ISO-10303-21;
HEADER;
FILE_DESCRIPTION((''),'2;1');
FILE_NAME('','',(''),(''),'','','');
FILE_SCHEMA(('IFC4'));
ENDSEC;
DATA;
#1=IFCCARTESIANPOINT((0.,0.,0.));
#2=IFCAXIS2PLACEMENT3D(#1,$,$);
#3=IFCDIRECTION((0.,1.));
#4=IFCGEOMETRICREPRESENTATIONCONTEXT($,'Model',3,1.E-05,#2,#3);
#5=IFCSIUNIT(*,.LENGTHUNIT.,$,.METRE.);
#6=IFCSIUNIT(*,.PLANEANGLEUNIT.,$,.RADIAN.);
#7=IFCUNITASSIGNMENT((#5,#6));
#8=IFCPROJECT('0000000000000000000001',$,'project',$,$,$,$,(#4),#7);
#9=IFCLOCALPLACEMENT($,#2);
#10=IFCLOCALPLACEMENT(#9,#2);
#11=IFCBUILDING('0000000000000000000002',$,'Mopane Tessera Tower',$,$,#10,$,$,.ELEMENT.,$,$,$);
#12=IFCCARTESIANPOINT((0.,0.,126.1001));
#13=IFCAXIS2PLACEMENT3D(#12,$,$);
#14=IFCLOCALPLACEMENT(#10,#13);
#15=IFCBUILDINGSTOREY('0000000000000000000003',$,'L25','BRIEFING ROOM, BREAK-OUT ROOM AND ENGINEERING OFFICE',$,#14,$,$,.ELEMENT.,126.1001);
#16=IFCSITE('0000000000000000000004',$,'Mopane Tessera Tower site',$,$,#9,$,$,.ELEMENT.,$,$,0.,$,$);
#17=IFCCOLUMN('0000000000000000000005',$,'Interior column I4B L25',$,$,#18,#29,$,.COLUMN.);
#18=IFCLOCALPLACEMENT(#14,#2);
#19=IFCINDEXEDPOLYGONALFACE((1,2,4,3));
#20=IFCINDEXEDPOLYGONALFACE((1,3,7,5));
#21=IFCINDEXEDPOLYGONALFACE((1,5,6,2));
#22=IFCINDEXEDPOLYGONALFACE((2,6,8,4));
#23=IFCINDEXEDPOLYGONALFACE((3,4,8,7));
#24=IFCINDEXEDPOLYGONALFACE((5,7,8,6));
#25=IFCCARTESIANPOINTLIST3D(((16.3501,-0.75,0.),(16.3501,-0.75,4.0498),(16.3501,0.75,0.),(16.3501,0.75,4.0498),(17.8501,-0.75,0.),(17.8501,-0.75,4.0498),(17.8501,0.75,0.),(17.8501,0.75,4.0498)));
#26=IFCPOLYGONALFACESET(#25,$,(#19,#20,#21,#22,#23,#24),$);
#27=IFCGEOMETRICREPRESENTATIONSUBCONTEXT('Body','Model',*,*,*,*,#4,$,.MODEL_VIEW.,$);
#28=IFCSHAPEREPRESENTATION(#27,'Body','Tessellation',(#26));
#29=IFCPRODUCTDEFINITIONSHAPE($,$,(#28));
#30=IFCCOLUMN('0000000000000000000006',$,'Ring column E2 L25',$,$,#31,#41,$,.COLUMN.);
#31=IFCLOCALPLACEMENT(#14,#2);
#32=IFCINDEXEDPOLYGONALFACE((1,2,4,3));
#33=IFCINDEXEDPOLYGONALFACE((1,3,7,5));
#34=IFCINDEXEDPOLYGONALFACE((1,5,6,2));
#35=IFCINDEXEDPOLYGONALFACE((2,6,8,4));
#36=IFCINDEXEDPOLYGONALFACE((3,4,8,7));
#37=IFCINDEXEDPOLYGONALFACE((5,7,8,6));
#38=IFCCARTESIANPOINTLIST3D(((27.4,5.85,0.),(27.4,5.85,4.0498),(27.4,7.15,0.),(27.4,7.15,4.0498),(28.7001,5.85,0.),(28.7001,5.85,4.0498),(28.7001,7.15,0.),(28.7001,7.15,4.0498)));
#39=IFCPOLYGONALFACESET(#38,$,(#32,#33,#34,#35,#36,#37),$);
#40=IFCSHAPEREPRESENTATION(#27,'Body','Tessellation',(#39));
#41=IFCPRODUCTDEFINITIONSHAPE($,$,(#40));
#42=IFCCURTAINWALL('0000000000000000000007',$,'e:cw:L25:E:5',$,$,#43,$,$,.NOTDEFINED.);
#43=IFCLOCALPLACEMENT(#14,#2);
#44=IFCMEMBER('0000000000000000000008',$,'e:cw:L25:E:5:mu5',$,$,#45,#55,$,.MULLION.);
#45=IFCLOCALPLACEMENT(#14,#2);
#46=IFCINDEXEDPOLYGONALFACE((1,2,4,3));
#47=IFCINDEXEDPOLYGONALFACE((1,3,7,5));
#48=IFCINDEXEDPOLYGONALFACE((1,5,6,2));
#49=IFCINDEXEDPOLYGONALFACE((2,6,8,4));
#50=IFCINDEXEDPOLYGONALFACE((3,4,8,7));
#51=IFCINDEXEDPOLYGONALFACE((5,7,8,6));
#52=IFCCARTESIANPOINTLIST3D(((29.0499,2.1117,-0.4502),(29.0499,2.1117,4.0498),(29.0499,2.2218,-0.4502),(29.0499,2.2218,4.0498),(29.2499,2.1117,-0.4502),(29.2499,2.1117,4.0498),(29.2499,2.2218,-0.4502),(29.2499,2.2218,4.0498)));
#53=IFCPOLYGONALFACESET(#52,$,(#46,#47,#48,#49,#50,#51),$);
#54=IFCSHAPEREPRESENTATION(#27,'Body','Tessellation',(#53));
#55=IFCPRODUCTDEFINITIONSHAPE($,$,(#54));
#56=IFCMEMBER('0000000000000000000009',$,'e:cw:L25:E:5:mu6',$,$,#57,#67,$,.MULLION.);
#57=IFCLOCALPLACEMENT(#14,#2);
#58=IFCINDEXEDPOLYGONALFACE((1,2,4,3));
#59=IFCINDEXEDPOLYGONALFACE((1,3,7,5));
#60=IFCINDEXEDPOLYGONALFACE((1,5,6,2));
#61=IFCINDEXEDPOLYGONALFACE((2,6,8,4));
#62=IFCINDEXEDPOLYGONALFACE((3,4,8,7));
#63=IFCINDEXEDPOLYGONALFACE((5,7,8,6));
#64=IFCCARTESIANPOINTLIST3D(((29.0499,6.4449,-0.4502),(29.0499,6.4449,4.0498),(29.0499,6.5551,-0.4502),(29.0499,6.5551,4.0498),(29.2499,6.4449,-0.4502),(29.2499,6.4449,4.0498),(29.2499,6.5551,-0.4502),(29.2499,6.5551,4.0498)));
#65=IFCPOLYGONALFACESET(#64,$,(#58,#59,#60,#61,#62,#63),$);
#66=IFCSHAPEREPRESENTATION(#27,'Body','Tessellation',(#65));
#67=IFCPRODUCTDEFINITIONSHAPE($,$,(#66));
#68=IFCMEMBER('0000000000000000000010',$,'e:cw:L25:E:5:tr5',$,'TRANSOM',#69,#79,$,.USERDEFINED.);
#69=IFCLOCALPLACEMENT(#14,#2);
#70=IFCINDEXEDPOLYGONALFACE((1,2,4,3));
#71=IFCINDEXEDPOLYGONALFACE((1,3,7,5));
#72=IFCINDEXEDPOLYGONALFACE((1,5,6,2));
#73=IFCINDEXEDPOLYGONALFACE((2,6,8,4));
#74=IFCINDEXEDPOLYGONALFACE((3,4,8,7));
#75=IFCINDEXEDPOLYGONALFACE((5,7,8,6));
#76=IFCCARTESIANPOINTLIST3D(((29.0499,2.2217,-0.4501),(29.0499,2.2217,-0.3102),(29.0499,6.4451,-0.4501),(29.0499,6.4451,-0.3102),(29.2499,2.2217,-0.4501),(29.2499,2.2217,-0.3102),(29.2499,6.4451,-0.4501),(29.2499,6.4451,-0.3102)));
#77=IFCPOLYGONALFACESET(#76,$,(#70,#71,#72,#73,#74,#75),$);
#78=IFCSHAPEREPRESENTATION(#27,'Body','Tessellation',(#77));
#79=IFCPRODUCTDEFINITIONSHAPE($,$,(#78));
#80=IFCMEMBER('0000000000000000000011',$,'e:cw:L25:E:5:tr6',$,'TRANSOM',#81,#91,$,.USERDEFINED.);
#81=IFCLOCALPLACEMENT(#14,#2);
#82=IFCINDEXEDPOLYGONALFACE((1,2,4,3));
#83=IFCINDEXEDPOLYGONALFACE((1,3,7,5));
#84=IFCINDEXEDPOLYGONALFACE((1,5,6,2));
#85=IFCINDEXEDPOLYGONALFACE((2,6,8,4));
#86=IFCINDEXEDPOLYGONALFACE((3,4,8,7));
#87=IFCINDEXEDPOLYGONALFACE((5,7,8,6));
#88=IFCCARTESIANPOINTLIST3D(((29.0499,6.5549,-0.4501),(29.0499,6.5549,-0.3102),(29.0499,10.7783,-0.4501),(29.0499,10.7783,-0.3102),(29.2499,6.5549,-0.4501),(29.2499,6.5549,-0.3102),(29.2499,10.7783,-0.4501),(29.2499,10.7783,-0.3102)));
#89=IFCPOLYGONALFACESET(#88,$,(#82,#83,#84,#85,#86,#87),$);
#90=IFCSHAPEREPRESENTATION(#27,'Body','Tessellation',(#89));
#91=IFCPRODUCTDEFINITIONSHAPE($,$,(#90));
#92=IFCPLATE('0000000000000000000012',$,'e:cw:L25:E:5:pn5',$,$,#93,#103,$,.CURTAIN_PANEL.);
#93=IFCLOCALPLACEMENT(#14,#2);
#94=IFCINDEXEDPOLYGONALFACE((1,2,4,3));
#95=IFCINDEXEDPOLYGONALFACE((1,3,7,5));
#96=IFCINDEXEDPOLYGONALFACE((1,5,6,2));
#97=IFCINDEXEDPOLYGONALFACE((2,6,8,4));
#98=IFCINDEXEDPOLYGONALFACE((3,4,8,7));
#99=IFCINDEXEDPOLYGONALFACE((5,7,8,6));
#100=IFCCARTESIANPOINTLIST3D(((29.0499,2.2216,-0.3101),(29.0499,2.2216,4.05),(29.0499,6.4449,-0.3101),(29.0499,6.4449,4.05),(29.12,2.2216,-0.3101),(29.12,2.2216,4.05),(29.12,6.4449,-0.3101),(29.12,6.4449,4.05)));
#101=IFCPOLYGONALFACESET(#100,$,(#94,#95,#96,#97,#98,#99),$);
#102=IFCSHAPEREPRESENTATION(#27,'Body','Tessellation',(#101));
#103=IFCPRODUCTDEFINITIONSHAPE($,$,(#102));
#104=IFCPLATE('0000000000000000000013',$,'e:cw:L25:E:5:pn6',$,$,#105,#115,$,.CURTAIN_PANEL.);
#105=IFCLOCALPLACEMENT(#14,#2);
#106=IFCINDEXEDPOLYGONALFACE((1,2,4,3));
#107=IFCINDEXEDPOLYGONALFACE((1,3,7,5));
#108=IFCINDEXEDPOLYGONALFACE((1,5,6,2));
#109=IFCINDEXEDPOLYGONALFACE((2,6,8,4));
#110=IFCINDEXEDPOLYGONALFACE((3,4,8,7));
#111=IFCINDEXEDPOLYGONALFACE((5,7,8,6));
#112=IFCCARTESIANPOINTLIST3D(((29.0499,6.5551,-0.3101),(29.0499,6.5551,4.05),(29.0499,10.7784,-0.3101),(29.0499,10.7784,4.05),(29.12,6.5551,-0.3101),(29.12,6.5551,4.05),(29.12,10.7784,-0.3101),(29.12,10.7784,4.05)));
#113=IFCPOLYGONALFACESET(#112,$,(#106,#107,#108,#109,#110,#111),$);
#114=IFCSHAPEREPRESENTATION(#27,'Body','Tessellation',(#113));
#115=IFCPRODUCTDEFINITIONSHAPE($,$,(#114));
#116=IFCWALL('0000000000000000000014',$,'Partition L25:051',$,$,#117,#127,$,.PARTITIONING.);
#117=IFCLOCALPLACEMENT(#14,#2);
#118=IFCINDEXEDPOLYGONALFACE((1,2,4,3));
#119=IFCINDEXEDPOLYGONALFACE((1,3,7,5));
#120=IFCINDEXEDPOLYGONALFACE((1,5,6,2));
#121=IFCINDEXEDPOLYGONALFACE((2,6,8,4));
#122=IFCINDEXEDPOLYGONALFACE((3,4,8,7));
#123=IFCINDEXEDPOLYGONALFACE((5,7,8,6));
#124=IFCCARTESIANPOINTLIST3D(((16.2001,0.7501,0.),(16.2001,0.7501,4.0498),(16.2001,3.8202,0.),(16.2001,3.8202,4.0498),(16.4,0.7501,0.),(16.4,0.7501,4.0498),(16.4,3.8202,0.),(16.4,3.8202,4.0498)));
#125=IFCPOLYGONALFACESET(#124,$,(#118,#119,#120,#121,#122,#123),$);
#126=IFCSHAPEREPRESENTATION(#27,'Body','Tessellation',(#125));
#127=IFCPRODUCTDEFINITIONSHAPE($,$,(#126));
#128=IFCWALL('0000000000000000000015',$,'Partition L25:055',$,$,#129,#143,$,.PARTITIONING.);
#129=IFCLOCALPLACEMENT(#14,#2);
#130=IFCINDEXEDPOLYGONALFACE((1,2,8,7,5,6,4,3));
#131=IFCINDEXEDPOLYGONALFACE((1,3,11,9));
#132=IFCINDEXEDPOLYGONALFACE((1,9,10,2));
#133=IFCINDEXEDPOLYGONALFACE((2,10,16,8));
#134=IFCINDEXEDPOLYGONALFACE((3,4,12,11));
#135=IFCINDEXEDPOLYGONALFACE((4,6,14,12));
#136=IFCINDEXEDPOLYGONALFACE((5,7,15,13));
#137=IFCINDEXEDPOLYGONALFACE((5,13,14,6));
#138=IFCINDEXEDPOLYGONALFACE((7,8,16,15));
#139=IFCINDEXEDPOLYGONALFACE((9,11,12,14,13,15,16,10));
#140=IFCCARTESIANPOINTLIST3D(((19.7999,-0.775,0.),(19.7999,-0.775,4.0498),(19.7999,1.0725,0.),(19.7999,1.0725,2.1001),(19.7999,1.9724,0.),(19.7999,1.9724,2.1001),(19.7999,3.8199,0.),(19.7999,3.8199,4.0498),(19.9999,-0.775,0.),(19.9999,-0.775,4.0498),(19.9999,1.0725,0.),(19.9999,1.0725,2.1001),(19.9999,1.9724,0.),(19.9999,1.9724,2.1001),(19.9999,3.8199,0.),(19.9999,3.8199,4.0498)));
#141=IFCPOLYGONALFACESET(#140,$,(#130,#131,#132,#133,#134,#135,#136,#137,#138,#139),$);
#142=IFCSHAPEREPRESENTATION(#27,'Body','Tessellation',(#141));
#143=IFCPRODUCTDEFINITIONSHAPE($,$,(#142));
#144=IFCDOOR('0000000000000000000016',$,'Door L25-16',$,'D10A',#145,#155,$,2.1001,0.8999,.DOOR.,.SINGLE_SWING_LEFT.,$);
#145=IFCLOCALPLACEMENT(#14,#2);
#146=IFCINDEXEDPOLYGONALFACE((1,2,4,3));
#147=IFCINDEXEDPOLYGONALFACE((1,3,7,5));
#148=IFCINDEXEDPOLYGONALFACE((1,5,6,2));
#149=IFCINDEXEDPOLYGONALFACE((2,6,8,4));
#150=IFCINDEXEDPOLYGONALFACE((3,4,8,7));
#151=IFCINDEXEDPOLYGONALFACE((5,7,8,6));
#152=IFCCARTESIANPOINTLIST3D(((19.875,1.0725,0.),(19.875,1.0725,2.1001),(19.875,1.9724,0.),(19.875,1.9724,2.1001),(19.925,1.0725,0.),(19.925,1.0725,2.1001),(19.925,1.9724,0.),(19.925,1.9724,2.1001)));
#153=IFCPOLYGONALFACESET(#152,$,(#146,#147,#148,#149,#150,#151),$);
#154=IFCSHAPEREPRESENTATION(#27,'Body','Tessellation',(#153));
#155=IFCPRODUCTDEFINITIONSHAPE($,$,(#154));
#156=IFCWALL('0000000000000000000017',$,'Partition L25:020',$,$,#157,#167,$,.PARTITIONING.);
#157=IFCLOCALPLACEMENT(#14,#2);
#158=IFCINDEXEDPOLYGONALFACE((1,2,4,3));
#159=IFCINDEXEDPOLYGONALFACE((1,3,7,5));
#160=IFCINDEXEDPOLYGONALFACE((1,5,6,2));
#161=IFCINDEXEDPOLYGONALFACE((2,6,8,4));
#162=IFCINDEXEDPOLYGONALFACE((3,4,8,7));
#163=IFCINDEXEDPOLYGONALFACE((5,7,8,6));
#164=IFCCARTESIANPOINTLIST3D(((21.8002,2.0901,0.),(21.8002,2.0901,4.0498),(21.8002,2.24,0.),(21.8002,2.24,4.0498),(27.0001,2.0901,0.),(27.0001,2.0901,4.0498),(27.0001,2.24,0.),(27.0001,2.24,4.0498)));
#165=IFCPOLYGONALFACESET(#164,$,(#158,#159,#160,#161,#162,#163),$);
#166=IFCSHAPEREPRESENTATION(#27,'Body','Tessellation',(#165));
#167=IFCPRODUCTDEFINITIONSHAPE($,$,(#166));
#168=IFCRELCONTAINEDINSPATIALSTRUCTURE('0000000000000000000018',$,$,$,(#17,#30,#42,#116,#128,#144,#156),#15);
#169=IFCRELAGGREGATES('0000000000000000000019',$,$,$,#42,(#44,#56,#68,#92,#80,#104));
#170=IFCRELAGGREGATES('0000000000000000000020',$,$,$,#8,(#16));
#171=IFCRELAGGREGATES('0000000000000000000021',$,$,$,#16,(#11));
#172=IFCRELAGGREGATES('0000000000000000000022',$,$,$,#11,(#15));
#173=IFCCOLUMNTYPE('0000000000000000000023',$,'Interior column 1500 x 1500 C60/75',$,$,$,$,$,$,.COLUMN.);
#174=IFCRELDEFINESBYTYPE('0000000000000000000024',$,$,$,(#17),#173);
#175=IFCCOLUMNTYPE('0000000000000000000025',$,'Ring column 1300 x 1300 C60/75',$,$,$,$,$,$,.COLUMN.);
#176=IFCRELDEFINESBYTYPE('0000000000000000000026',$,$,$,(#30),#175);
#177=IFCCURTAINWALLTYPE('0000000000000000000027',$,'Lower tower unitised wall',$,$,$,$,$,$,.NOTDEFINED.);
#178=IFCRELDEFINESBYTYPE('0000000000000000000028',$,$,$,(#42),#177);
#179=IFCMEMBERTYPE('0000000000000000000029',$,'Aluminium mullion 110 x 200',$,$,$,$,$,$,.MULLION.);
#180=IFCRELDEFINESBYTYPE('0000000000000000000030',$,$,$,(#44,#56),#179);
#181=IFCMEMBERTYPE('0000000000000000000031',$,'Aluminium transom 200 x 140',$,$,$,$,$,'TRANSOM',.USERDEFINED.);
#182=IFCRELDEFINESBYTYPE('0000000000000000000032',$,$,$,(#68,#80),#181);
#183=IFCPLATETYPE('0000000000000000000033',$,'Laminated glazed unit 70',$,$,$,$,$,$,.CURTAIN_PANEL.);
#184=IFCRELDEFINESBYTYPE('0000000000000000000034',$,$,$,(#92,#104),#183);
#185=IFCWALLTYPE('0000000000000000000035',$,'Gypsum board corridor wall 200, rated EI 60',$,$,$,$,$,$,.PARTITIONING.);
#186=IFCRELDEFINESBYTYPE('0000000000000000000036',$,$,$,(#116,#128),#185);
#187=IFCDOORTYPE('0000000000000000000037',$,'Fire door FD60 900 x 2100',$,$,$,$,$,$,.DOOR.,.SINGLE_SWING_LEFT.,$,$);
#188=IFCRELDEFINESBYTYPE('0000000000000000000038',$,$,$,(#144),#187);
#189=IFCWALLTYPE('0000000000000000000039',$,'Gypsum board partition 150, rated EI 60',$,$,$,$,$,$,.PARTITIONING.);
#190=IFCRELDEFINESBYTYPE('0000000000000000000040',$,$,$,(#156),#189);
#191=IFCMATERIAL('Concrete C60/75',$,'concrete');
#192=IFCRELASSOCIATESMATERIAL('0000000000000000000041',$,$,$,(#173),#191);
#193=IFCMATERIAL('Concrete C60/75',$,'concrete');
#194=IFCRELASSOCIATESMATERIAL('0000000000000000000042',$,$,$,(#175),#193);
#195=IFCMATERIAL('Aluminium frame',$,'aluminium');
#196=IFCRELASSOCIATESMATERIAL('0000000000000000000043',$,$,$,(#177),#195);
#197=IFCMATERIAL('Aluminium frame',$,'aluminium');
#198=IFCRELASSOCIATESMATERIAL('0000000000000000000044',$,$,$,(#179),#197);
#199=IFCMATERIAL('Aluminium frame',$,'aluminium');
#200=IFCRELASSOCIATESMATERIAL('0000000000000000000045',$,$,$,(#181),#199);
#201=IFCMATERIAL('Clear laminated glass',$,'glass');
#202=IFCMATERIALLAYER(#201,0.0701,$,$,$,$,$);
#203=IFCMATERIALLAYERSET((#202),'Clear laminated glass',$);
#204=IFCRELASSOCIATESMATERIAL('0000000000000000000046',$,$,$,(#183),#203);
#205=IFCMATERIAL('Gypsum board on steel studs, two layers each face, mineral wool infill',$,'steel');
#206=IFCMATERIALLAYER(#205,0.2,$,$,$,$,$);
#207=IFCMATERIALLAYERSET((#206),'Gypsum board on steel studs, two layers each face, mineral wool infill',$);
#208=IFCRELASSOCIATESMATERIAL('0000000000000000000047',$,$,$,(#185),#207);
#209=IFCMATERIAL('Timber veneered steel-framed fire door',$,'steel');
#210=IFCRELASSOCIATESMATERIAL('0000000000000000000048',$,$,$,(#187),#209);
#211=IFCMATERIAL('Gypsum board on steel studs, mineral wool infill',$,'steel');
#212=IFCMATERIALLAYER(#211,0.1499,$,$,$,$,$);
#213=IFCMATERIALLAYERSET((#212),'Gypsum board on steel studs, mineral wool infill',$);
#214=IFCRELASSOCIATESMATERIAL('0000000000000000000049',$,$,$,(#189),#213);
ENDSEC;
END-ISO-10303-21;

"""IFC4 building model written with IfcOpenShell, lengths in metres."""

from ifc_helpers import new_model, si_unit, direction, frame, frame_2d, origin, origin_2d, place, context, subcontext, project, spatial, rectangle, extrude, material, layer, layer_set, material_profile, profile_set, type_object, element, fill, aggregate, save


model = new_model("IFC4")

# Units and contexts
model_context = context("Model", 3, precision=1e-05, world=origin(), true_north=direction((0.0, 1.0)))
body_context = subcontext(model_context, "Body", "Model", "MODEL_VIEW")
ifc_project = project(units=[si_unit("LENGTHUNIT", "METRE"), si_unit("PLANEANGLEUNIT", "RADIAN")], contexts=[model_context])

# Site, building, storey
site_placement = place(None, origin())
site = spatial("IfcSite", under=ifc_project, at=site_placement, Name="Mopane Tessera Tower site", CompositionType="ELEMENT", RefElevation=0.0)
building_placement = place(site_placement, origin())
building = spatial("IfcBuilding", under=site, at=building_placement, Name="Mopane Tessera Tower", CompositionType="ELEMENT")
storey_placement = place(building_placement, frame((0.0, 0.0, 126.1001)))
storey = spatial("IfcBuildingStorey", under=building, at=storey_placement, Name="L25", Description="BRIEFING ROOM, BREAK-OUT ROOM AND ENGINEERING OFFICE", CompositionType="ELEMENT", Elevation=126.1001)

# Columns
ifc_material_1 = material(Name="Concrete C60/75", Category="concrete")
ifc_material_profile_1 = material_profile(ifc_material_1, rectangle(XDim=1.5, YDim=1.5, at=origin_2d()))
ifc_profile_set_1 = profile_set([ifc_material_profile_1], Name="Concrete C60/75")
column_type_1 = type_object("IfcColumnType", Name="Interior column 1500 x 1500 C60/75", PredefinedType="COLUMN", material=ifc_profile_set_1)
column_1_placement = place(storey_placement, frame((17.1001, 0.0, 0.0), z_axis=(0.0, 0.0, 1.0), x_axis=(1.0, 0.0, 0.0)))
element("IfcColumn", 1, at=column_1_placement, inside=storey, type_object=column_type_1, Name="Interior column I4B L25", PredefinedType="COLUMN", context=body_context, shape_type="SweptSolid", body=[
    extrude(rectangle(XDim=1.5, YDim=1.5, at=origin_2d()), origin(), (0.0, 0.0, 1.0), 4.0498),
])
ifc_material_2 = material(Name="Concrete C60/75", Category="concrete")
ifc_material_profile_2 = material_profile(ifc_material_2, rectangle(XDim=1.3, YDim=1.3, at=origin_2d()))
ifc_profile_set_2 = profile_set([ifc_material_profile_2], Name="Concrete C60/75")
column_type_2 = type_object("IfcColumnType", Name="Ring column 1300 x 1300 C60/75", PredefinedType="COLUMN", material=ifc_profile_set_2)
column_2_placement = place(storey_placement, frame((28.05, 6.5, 0.0), z_axis=(0.0, 0.0, 1.0), x_axis=(1.0, 0.0, 0.0)))
element("IfcColumn", 2, at=column_2_placement, inside=storey, type_object=column_type_2, Name="Ring column E2 L25", PredefinedType="COLUMN", context=body_context, shape_type="SweptSolid", body=[
    extrude(rectangle(XDim=1.3, YDim=1.3, at=origin_2d()), origin(), (0.0, 0.0, 1.0), 4.0498),
])

# Curtain wall, members, plates
ifc_material_3 = material(Name="Aluminium frame", Category="aluminium")
curtain_wall_type = type_object("IfcCurtainWallType", Name="Lower tower unitised wall", PredefinedType="NOTDEFINED", material=ifc_material_3)
curtain_wall_placement = place(storey_placement, origin())
curtain_wall = element("IfcCurtainWall", 3, at=curtain_wall_placement, inside=storey, type_object=curtain_wall_type, Name="e:cw:L25:E:5", PredefinedType="NOTDEFINED")
ifc_material_4 = material(Name="Aluminium frame", Category="aluminium")
ifc_material_profile_3 = material_profile(ifc_material_4, rectangle(XDim=0.1101, YDim=0.2, at=origin_2d()))
ifc_profile_set_3 = profile_set([ifc_material_profile_3], Name="Aluminium frame")
member_type_1 = type_object("IfcMemberType", Name="Aluminium mullion 110 x 200", PredefinedType="MULLION", material=ifc_profile_set_3)
member_1_placement = place(storey_placement, frame((29.1499, 2.1667, -0.4502), z_axis=(0.0, 0.0, 1.0), x_axis=(0.0, 1.0, 0.0)))
member_1 = element("IfcMember", 4, at=member_1_placement, type_object=member_type_1, Name="e:cw:L25:E:5:mu5", PredefinedType="MULLION", context=body_context, shape_type="SweptSolid", body=[
    extrude(rectangle(XDim=0.1101, YDim=0.2, at=origin_2d()), origin(), (0.0, 0.0, 1.0), 4.5),
])
member_2_placement = place(storey_placement, frame((29.1499, 6.5, -0.4502), z_axis=(0.0, 0.0, 1.0), x_axis=(0.0, 1.0, 0.0)))
member_2 = element("IfcMember", 5, at=member_2_placement, type_object=member_type_1, Name="e:cw:L25:E:5:mu6", PredefinedType="MULLION", context=body_context, shape_type="SweptSolid", body=[
    extrude(rectangle(XDim=0.1101, YDim=0.2, at=origin_2d()), origin(), (0.0, 0.0, 1.0), 4.5),
])
ifc_material_5 = material(Name="Aluminium frame", Category="aluminium")
ifc_material_profile_4 = material_profile(ifc_material_5, rectangle(XDim=0.2, YDim=0.1399, at=origin_2d()))
ifc_profile_set_4 = profile_set([ifc_material_profile_4], Name="Aluminium frame")
member_type_2 = type_object("IfcMemberType", Name="Aluminium transom 200 x 140", ElementType="TRANSOM", PredefinedType="USERDEFINED", material=ifc_profile_set_4)
member_3_placement = place(storey_placement, frame((29.1499, 2.2217, -0.3801), z_axis=(0.0, 1.0, 0.0), x_axis=(-1.0, 0.0, 0.0)))
member_3 = element("IfcMember", 6, at=member_3_placement, type_object=member_type_2, Name="e:cw:L25:E:5:tr5", ObjectType="TRANSOM", PredefinedType="USERDEFINED", context=body_context, shape_type="SweptSolid", body=[
    extrude(rectangle(XDim=0.2, YDim=0.1399, at=origin_2d()), origin(), (0.0, 0.0, 1.0), 4.2234),
])
member_4_placement = place(storey_placement, frame((29.1499, 6.5549, -0.3801), z_axis=(0.0, 1.0, 0.0), x_axis=(-1.0, 0.0, 0.0)))
member_4 = element("IfcMember", 7, at=member_4_placement, type_object=member_type_2, Name="e:cw:L25:E:5:tr6", ObjectType="TRANSOM", PredefinedType="USERDEFINED", context=body_context, shape_type="SweptSolid", body=[
    extrude(rectangle(XDim=0.2, YDim=0.1399, at=origin_2d()), origin(), (0.0, 0.0, 1.0), 4.2234),
])
ifc_material_6 = material(Name="Clear laminated glass", Category="glass")
ifc_layer_1 = layer(ifc_material_6, 0.0701)
ifc_layer_set_1 = layer_set([ifc_layer_1], Name="Clear laminated glass")
plate_type = type_object("IfcPlateType", Name="Laminated glazed unit 70", PredefinedType="CURTAIN_PANEL", material=ifc_layer_set_1)
plate_1_placement = place(storey_placement, frame((29.085, 4.3333, -0.3101), z_axis=(0.0, 0.0, 1.0), x_axis=(0.0, 1.0, 0.0)))
plate_1 = element("IfcPlate", 8, at=plate_1_placement, type_object=plate_type, Name="e:cw:L25:E:5:pn5", PredefinedType="CURTAIN_PANEL", context=body_context, shape_type="SweptSolid", body=[
    extrude(rectangle(XDim=4.2234, YDim=0.0701, at=origin_2d()), origin(), (0.0, 0.0, 1.0), 4.3601),
])
plate_2_placement = place(storey_placement, frame((29.085, 8.6667, -0.3101), z_axis=(0.0, 0.0, 1.0), x_axis=(0.0, 1.0, 0.0)))
plate_2 = element("IfcPlate", 9, at=plate_2_placement, type_object=plate_type, Name="e:cw:L25:E:5:pn6", PredefinedType="CURTAIN_PANEL", context=body_context, shape_type="SweptSolid", body=[
    extrude(rectangle(XDim=4.2234, YDim=0.0701, at=origin_2d()), origin(), (0.0, 0.0, 1.0), 4.3601),
])
aggregate(curtain_wall, [member_1, member_2, member_3, plate_1, member_4, plate_2])

# Wall
ifc_material_7 = material(Name="Gypsum board on steel studs, two layers each face, mineral wool infill", Category="steel")
ifc_layer_2 = layer(ifc_material_7, 0.2)
ifc_layer_set_2 = layer_set([ifc_layer_2], Name="Gypsum board on steel studs, two layers each face, mineral wool infill")
wall_type_1 = type_object("IfcWallType", Name="Gypsum board corridor wall 200, rated EI 60", PredefinedType="PARTITIONING", material=ifc_layer_set_2)
wall_1_placement = place(storey_placement, frame((16.3, 0.75, 0.0), z_axis=(0.0, 0.0, 1.0), x_axis=(0.0, 1.0, 0.0)))
element("IfcWall", 10, at=wall_1_placement, inside=storey, type_object=wall_type_1, Name="Partition L25:051", PredefinedType="PARTITIONING", context=body_context, shape_type="SweptSolid", body=[
    extrude(rectangle(XDim=3.0701, YDim=0.2, at=frame_2d((1.5352, 0.0))), origin(), (0.0, 0.0, 1.0), 4.0498),
])

# Wall, opening, door
wall_2_placement = place(storey_placement, frame((19.8999, -0.7749, 0.0), z_axis=(0.0, 0.0, 1.0), x_axis=(0.0, 1.0, 0.0)))
wall_2 = element("IfcWall", 11, at=wall_2_placement, inside=storey, type_object=wall_type_1, Name="Partition L25:055", PredefinedType="PARTITIONING", context=body_context, shape_type="SweptSolid", body=[
    extrude(rectangle(XDim=4.595, YDim=0.2, at=frame_2d((2.2974, 0.0))), origin(), (0.0, 0.0, 1.0), 4.0498),
])
opening_1_placement = place(wall_2_placement, frame((1.8474, 0.0, 0.0)))
opening_1 = element("IfcOpeningElement", 12, at=opening_1_placement, cuts=wall_2, PredefinedType="OPENING", context=body_context, shape_type="SweptSolid", body=[
    extrude(rectangle(XDim=0.8999, YDim=2.1001, at=frame_2d((0.45, 1.05))), frame((0.0, 0.1121, 0.0), z_axis=(0.0, -1.0, 0.0), x_axis=(1.0, 0.0, 0.0)), (0.0, 0.0, 1.0), 0.2239),
])
ifc_material_8 = material(Name="Timber veneered steel-framed fire door", Category="steel")
door_type_1 = type_object("IfcDoorType", Name="Fire door FD60 900 x 2100", OperationType="SINGLE_SWING_LEFT", PredefinedType="DOOR", material=ifc_material_8)
door_1_placement = place(opening_1_placement, origin())
door_1 = element("IfcDoor", 13, at=door_1_placement, inside=storey, type_object=door_type_1, Name="Door L25-16", ObjectType="D10A", OperationType="SINGLE_SWING_LEFT", OverallHeight=2.1001, OverallWidth=0.8999, PredefinedType="DOOR", context=body_context, shape_type="SweptSolid", body=[
    extrude(rectangle(XDim=0.8999, YDim=2.1001, at=frame_2d((0.45, 1.05))), frame((0.0, 0.0249, 0.0), z_axis=(0.0, -1.0, 0.0), x_axis=(1.0, 0.0, 0.0)), (0.0, 0.0, 1.0), 0.05),
])
fill(opening_1, door_1)

# Wall
ifc_material_9 = material(Name="Gypsum board on steel studs, mineral wool infill", Category="steel")
ifc_layer_3 = layer(ifc_material_9, 0.1499)
ifc_layer_set_3 = layer_set([ifc_layer_3], Name="Gypsum board on steel studs, mineral wool infill")
wall_type_2 = type_object("IfcWallType", Name="Gypsum board partition 150, rated EI 60", PredefinedType="PARTITIONING", material=ifc_layer_set_3)
wall_3_placement = place(storey_placement, frame((21.8, 2.165, 0.0), z_axis=(0.0, 0.0, 1.0), x_axis=(1.0, 0.0, 0.0)))
element("IfcWall", 14, at=wall_3_placement, inside=storey, type_object=wall_type_2, Name="Partition L25:020", PredefinedType="PARTITIONING", context=body_context, shape_type="SweptSolid", body=[
    extrude(rectangle(XDim=5.2, YDim=0.1499, at=frame_2d((2.6001, 0.0))), origin(), (0.0, 0.0, 1.0), 4.0498),
])

save(model, "model.ifc")
